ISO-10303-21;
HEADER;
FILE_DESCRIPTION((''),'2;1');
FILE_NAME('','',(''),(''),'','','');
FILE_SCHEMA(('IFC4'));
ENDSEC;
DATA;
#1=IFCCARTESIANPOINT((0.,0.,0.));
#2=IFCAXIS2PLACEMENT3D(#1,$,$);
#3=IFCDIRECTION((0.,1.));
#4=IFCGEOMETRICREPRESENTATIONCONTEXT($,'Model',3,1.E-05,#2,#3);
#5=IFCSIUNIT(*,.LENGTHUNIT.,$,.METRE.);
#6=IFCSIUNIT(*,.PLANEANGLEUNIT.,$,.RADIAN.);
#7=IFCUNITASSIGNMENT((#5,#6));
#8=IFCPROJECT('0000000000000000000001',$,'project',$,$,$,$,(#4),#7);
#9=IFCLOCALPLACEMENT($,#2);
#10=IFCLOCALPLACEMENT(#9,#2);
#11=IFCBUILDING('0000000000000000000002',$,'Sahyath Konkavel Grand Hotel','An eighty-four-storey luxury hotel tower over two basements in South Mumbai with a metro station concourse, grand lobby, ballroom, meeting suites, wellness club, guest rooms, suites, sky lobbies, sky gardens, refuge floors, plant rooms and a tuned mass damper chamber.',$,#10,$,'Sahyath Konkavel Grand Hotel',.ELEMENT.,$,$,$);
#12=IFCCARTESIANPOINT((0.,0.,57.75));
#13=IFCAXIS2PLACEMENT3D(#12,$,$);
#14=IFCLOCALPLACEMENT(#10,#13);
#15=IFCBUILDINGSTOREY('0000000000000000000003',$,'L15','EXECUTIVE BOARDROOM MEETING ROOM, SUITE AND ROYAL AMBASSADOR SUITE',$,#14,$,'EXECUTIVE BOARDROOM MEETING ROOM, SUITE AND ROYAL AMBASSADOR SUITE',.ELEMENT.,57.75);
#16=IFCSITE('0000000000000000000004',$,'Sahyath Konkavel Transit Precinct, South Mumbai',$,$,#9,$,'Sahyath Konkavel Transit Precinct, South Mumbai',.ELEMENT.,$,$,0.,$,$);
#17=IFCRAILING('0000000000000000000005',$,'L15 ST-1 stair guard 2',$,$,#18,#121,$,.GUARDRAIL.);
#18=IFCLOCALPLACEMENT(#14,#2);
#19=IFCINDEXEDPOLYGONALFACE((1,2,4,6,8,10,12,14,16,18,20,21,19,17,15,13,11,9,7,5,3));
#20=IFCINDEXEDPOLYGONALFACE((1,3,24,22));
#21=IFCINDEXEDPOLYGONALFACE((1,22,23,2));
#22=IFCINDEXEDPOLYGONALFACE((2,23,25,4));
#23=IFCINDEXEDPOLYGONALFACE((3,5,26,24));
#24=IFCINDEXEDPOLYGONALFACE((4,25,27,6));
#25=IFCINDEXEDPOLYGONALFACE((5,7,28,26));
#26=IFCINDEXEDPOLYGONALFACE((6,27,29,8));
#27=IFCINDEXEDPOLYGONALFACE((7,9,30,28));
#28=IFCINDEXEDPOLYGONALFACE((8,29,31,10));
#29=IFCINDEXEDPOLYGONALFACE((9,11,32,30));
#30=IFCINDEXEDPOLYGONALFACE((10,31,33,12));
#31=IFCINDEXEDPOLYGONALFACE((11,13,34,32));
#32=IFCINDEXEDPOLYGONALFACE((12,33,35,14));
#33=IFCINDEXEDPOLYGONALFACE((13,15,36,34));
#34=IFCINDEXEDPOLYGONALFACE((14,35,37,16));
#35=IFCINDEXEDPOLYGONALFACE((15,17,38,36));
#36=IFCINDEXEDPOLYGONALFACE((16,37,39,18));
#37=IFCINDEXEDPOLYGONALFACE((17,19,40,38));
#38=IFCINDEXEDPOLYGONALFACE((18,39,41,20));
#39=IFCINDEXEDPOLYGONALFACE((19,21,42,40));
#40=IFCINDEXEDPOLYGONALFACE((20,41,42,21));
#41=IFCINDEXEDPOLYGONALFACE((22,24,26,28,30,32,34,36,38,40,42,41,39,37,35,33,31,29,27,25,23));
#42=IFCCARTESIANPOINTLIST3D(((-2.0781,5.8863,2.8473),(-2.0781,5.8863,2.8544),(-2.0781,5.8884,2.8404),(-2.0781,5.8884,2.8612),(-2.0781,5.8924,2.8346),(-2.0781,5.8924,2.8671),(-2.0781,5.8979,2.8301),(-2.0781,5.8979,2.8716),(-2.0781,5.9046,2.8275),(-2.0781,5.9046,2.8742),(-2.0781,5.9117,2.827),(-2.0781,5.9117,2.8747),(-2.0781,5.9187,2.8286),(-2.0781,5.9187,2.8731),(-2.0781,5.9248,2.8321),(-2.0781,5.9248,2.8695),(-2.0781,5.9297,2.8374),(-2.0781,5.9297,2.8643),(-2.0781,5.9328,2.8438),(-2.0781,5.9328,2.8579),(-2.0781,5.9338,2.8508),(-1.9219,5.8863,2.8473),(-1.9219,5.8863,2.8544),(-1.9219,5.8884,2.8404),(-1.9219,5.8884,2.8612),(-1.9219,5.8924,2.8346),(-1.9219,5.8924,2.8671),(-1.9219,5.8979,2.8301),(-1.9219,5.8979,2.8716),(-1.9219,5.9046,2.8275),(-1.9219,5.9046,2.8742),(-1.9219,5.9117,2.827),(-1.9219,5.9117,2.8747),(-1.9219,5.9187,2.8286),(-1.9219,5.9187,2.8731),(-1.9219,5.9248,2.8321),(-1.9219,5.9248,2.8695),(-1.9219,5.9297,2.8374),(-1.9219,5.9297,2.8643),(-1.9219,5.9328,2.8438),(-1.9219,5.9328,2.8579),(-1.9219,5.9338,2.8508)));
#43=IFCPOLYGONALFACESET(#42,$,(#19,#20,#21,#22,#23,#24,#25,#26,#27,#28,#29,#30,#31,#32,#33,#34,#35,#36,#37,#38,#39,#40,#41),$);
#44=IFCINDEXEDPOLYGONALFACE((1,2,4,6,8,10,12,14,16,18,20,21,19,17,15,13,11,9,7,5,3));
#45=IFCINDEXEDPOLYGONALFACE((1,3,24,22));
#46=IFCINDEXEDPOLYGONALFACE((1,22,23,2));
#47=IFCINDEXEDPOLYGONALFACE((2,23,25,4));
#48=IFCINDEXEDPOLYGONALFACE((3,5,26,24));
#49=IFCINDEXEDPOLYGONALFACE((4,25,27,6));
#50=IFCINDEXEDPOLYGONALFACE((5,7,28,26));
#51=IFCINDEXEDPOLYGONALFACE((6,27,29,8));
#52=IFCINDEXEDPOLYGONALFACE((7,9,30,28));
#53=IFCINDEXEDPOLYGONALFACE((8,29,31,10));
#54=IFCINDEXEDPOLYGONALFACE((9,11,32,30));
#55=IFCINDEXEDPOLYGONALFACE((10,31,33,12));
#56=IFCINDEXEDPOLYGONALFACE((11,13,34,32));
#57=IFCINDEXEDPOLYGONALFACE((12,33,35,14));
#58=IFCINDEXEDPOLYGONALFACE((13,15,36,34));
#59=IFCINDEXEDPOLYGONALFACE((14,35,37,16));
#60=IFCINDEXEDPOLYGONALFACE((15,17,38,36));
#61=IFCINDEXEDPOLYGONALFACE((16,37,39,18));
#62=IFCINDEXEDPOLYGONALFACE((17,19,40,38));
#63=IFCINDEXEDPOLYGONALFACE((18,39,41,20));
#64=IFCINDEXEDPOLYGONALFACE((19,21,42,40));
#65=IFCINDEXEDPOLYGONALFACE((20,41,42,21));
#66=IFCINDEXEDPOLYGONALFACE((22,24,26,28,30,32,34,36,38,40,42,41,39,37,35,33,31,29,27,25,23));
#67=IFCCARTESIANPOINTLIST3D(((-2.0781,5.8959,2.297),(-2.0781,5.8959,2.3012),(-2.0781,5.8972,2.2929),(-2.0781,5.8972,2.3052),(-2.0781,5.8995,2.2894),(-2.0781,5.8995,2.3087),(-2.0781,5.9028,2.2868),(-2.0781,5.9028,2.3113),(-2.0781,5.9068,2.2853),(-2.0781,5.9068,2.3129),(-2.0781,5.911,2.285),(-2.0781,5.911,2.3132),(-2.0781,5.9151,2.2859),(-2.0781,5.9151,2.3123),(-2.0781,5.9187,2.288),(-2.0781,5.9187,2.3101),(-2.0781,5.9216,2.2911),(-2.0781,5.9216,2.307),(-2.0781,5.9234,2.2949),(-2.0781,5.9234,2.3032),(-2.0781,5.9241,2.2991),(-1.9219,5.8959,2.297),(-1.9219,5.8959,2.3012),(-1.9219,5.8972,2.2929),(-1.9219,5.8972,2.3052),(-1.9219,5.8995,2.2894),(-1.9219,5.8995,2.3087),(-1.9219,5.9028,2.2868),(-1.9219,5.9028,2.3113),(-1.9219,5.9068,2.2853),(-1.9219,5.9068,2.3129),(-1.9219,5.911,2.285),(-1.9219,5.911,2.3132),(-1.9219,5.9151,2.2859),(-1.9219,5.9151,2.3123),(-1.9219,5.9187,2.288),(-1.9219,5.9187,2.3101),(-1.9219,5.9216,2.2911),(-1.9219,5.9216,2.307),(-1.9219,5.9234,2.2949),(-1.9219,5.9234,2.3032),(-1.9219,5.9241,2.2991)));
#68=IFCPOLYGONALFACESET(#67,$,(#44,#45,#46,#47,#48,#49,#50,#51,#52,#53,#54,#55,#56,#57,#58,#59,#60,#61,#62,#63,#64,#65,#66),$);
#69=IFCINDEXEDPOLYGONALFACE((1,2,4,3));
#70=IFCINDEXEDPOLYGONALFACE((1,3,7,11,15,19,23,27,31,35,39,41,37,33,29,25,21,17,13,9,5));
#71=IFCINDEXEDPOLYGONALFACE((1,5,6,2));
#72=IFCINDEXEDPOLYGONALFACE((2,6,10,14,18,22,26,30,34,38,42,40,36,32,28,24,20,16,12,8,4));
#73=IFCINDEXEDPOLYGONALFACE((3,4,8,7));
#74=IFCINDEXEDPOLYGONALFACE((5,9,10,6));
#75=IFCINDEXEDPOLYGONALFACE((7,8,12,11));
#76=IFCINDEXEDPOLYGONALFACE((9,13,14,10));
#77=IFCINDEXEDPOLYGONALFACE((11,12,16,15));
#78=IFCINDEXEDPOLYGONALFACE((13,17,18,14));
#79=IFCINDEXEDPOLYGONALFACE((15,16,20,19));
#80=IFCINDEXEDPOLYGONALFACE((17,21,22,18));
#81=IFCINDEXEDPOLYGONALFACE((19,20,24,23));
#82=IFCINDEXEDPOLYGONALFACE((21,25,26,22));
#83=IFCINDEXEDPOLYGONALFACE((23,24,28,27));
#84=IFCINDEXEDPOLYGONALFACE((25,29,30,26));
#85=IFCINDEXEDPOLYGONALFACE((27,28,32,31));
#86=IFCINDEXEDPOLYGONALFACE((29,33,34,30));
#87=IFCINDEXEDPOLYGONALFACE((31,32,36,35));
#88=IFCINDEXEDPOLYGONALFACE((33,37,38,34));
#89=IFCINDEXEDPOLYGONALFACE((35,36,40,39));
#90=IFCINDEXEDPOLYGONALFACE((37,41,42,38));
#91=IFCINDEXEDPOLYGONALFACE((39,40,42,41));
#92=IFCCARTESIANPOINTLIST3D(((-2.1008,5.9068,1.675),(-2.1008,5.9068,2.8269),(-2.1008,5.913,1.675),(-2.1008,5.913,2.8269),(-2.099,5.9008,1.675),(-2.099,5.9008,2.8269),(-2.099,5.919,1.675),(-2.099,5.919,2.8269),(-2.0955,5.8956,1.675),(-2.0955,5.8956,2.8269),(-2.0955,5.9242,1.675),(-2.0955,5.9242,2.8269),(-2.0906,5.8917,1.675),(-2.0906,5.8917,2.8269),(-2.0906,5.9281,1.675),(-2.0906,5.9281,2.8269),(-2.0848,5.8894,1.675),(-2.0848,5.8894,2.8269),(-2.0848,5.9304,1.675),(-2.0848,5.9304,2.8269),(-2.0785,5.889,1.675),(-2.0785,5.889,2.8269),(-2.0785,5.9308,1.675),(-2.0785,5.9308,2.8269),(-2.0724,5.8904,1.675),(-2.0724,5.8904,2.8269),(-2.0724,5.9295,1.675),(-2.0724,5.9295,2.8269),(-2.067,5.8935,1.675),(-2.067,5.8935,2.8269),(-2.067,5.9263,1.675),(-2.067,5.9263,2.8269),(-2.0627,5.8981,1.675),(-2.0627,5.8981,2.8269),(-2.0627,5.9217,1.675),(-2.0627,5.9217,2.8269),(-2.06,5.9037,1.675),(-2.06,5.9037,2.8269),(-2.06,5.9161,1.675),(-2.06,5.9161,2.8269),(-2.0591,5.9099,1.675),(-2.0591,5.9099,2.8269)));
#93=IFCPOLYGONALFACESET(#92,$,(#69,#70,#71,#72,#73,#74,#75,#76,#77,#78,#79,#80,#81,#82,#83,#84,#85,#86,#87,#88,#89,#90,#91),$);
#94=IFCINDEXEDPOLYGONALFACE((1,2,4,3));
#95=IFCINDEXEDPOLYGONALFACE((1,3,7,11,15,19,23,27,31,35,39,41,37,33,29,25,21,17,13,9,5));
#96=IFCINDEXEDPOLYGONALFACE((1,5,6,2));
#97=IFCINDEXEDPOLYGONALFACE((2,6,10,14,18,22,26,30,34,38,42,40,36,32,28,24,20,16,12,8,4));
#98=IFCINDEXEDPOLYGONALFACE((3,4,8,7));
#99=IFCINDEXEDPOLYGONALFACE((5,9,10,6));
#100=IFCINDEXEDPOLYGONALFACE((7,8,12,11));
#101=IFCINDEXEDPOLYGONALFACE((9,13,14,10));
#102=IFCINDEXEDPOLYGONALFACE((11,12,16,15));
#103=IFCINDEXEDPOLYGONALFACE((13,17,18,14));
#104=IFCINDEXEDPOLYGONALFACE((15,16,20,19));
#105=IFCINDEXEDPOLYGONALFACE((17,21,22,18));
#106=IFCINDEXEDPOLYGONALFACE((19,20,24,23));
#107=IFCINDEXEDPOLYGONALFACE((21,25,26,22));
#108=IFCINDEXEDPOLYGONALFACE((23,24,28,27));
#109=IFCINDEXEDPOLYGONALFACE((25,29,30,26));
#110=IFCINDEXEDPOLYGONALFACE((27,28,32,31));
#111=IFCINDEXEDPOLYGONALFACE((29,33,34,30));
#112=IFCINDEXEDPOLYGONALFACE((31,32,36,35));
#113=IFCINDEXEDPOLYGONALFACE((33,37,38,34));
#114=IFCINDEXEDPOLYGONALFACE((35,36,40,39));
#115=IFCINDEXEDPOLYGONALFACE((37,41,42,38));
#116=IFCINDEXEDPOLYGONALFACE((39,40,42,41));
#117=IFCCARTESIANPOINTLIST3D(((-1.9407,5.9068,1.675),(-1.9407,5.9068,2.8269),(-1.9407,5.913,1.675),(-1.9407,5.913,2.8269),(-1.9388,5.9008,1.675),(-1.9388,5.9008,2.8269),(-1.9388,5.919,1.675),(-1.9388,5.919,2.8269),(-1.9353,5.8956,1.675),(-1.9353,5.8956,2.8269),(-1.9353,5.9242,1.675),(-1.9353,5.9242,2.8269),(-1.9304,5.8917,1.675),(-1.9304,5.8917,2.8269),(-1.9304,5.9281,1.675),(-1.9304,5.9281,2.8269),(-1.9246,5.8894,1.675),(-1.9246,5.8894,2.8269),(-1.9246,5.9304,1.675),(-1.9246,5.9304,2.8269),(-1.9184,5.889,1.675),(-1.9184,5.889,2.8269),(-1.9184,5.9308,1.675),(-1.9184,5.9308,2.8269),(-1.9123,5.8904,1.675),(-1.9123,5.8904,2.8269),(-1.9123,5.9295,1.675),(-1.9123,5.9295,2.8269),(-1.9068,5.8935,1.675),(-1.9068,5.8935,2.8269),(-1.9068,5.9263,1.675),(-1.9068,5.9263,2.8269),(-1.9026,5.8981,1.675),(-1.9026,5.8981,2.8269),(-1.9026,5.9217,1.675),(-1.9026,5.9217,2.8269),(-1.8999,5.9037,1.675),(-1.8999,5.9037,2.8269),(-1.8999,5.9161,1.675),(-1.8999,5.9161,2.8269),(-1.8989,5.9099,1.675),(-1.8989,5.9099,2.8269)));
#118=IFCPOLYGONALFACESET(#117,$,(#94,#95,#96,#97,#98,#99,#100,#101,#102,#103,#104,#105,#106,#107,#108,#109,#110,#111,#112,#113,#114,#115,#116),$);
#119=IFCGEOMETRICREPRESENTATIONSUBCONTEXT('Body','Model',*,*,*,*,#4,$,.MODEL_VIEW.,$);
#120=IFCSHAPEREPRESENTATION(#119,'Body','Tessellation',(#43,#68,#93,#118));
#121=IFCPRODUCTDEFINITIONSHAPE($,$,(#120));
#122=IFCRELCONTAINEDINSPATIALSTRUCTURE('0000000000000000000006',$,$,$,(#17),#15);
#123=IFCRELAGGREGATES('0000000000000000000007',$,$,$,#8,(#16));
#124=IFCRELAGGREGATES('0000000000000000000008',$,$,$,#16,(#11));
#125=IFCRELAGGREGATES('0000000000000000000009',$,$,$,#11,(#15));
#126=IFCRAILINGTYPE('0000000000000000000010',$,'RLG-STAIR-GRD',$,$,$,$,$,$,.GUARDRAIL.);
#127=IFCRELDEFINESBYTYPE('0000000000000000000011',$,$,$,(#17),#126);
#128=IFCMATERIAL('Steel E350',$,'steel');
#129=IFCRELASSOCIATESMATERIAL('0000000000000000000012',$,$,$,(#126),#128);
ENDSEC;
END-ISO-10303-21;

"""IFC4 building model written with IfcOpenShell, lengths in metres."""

from ifc_helpers import new_model, si_unit, direction, frame, origin, origin_2d, place, context, subcontext, project, spatial, circle, extrude, material, type_object, element, save


model = new_model("IFC4")

# Units and contexts
model_context = context("Model", 3, precision=1e-05, world=origin(), true_north=direction((0.0, 1.0)))
body_context = subcontext(model_context, "Body", "Model", "MODEL_VIEW")
ifc_project = project(units=[si_unit("LENGTHUNIT", "METRE"), si_unit("PLANEANGLEUNIT", "RADIAN")], contexts=[model_context])

# Site, building, storey
site_placement = place(None, origin())
site = spatial("IfcSite", under=ifc_project, at=site_placement, Name="Sahyath Konkavel Transit Precinct, South Mumbai", LongName="Sahyath Konkavel Transit Precinct, South Mumbai", CompositionType="ELEMENT", RefElevation=0.0)
building_placement = place(site_placement, origin())
building = spatial("IfcBuilding", under=site, at=building_placement, Name="Sahyath Konkavel Grand Hotel", Description="An eighty-four-storey luxury hotel tower over two basements in South Mumbai with a metro station concourse, grand lobby, ballroom, meeting suites, wellness club, guest rooms, suites, sky lobbies, sky gardens, refuge floors, plant rooms and a tuned mass damper chamber.", LongName="Sahyath Konkavel Grand Hotel", CompositionType="ELEMENT")
storey_placement = place(building_placement, frame((0.0, 0.0, 57.75)))
storey = spatial("IfcBuildingStorey", under=building, at=storey_placement, Name="L15", Description="EXECUTIVE BOARDROOM MEETING ROOM, SUITE AND ROYAL AMBASSADOR SUITE", LongName="EXECUTIVE BOARDROOM MEETING ROOM, SUITE AND ROYAL AMBASSADOR SUITE", CompositionType="ELEMENT", Elevation=57.75)

# Shared definitions
ifc_material_1 = material(Name="Steel E350", Category="steel")

# Railing
railing_type_1 = type_object("IfcRailingType", Name="RLG-STAIR-GRD", PredefinedType="GUARDRAIL", material=ifc_material_1)
railing_1_placement = place(storey_placement, frame((-2.0801, 5.9099, 1.675)))
element("IfcRailing", 1, at=railing_1_placement, inside=storey, type_object=railing_type_1, Name="L15 ST-1 stair guard 2", PredefinedType="GUARDRAIL", context=body_context, shape_type="SweptSolid", body=[
    extrude(circle(Radius=0.0239, at=origin_2d()), frame((0.002, 0.0, 1.1758), z_axis=(1.0, 0.0, 0.0), x_axis=(0.0, 1.0, 0.0)), (0.0, 0.0, 1.0), 0.1562),
    extrude(circle(Radius=0.0142, at=origin_2d()), frame((0.002, 0.0, 0.624), z_axis=(1.0, 0.0, 0.0), x_axis=(0.0, 1.0, 0.0)), (0.0, 0.0, 1.0), 0.1562),
    extrude(circle(Radius=0.021, at=origin_2d()), origin(), (0.0, 0.0, 1.0), 1.1519),
    extrude(circle(Radius=0.021, at=origin_2d()), frame((0.1602, 0.0, 0.0)), (0.0, 0.0, 1.0), 1.1519),
])

save(model, "model.ifc")
